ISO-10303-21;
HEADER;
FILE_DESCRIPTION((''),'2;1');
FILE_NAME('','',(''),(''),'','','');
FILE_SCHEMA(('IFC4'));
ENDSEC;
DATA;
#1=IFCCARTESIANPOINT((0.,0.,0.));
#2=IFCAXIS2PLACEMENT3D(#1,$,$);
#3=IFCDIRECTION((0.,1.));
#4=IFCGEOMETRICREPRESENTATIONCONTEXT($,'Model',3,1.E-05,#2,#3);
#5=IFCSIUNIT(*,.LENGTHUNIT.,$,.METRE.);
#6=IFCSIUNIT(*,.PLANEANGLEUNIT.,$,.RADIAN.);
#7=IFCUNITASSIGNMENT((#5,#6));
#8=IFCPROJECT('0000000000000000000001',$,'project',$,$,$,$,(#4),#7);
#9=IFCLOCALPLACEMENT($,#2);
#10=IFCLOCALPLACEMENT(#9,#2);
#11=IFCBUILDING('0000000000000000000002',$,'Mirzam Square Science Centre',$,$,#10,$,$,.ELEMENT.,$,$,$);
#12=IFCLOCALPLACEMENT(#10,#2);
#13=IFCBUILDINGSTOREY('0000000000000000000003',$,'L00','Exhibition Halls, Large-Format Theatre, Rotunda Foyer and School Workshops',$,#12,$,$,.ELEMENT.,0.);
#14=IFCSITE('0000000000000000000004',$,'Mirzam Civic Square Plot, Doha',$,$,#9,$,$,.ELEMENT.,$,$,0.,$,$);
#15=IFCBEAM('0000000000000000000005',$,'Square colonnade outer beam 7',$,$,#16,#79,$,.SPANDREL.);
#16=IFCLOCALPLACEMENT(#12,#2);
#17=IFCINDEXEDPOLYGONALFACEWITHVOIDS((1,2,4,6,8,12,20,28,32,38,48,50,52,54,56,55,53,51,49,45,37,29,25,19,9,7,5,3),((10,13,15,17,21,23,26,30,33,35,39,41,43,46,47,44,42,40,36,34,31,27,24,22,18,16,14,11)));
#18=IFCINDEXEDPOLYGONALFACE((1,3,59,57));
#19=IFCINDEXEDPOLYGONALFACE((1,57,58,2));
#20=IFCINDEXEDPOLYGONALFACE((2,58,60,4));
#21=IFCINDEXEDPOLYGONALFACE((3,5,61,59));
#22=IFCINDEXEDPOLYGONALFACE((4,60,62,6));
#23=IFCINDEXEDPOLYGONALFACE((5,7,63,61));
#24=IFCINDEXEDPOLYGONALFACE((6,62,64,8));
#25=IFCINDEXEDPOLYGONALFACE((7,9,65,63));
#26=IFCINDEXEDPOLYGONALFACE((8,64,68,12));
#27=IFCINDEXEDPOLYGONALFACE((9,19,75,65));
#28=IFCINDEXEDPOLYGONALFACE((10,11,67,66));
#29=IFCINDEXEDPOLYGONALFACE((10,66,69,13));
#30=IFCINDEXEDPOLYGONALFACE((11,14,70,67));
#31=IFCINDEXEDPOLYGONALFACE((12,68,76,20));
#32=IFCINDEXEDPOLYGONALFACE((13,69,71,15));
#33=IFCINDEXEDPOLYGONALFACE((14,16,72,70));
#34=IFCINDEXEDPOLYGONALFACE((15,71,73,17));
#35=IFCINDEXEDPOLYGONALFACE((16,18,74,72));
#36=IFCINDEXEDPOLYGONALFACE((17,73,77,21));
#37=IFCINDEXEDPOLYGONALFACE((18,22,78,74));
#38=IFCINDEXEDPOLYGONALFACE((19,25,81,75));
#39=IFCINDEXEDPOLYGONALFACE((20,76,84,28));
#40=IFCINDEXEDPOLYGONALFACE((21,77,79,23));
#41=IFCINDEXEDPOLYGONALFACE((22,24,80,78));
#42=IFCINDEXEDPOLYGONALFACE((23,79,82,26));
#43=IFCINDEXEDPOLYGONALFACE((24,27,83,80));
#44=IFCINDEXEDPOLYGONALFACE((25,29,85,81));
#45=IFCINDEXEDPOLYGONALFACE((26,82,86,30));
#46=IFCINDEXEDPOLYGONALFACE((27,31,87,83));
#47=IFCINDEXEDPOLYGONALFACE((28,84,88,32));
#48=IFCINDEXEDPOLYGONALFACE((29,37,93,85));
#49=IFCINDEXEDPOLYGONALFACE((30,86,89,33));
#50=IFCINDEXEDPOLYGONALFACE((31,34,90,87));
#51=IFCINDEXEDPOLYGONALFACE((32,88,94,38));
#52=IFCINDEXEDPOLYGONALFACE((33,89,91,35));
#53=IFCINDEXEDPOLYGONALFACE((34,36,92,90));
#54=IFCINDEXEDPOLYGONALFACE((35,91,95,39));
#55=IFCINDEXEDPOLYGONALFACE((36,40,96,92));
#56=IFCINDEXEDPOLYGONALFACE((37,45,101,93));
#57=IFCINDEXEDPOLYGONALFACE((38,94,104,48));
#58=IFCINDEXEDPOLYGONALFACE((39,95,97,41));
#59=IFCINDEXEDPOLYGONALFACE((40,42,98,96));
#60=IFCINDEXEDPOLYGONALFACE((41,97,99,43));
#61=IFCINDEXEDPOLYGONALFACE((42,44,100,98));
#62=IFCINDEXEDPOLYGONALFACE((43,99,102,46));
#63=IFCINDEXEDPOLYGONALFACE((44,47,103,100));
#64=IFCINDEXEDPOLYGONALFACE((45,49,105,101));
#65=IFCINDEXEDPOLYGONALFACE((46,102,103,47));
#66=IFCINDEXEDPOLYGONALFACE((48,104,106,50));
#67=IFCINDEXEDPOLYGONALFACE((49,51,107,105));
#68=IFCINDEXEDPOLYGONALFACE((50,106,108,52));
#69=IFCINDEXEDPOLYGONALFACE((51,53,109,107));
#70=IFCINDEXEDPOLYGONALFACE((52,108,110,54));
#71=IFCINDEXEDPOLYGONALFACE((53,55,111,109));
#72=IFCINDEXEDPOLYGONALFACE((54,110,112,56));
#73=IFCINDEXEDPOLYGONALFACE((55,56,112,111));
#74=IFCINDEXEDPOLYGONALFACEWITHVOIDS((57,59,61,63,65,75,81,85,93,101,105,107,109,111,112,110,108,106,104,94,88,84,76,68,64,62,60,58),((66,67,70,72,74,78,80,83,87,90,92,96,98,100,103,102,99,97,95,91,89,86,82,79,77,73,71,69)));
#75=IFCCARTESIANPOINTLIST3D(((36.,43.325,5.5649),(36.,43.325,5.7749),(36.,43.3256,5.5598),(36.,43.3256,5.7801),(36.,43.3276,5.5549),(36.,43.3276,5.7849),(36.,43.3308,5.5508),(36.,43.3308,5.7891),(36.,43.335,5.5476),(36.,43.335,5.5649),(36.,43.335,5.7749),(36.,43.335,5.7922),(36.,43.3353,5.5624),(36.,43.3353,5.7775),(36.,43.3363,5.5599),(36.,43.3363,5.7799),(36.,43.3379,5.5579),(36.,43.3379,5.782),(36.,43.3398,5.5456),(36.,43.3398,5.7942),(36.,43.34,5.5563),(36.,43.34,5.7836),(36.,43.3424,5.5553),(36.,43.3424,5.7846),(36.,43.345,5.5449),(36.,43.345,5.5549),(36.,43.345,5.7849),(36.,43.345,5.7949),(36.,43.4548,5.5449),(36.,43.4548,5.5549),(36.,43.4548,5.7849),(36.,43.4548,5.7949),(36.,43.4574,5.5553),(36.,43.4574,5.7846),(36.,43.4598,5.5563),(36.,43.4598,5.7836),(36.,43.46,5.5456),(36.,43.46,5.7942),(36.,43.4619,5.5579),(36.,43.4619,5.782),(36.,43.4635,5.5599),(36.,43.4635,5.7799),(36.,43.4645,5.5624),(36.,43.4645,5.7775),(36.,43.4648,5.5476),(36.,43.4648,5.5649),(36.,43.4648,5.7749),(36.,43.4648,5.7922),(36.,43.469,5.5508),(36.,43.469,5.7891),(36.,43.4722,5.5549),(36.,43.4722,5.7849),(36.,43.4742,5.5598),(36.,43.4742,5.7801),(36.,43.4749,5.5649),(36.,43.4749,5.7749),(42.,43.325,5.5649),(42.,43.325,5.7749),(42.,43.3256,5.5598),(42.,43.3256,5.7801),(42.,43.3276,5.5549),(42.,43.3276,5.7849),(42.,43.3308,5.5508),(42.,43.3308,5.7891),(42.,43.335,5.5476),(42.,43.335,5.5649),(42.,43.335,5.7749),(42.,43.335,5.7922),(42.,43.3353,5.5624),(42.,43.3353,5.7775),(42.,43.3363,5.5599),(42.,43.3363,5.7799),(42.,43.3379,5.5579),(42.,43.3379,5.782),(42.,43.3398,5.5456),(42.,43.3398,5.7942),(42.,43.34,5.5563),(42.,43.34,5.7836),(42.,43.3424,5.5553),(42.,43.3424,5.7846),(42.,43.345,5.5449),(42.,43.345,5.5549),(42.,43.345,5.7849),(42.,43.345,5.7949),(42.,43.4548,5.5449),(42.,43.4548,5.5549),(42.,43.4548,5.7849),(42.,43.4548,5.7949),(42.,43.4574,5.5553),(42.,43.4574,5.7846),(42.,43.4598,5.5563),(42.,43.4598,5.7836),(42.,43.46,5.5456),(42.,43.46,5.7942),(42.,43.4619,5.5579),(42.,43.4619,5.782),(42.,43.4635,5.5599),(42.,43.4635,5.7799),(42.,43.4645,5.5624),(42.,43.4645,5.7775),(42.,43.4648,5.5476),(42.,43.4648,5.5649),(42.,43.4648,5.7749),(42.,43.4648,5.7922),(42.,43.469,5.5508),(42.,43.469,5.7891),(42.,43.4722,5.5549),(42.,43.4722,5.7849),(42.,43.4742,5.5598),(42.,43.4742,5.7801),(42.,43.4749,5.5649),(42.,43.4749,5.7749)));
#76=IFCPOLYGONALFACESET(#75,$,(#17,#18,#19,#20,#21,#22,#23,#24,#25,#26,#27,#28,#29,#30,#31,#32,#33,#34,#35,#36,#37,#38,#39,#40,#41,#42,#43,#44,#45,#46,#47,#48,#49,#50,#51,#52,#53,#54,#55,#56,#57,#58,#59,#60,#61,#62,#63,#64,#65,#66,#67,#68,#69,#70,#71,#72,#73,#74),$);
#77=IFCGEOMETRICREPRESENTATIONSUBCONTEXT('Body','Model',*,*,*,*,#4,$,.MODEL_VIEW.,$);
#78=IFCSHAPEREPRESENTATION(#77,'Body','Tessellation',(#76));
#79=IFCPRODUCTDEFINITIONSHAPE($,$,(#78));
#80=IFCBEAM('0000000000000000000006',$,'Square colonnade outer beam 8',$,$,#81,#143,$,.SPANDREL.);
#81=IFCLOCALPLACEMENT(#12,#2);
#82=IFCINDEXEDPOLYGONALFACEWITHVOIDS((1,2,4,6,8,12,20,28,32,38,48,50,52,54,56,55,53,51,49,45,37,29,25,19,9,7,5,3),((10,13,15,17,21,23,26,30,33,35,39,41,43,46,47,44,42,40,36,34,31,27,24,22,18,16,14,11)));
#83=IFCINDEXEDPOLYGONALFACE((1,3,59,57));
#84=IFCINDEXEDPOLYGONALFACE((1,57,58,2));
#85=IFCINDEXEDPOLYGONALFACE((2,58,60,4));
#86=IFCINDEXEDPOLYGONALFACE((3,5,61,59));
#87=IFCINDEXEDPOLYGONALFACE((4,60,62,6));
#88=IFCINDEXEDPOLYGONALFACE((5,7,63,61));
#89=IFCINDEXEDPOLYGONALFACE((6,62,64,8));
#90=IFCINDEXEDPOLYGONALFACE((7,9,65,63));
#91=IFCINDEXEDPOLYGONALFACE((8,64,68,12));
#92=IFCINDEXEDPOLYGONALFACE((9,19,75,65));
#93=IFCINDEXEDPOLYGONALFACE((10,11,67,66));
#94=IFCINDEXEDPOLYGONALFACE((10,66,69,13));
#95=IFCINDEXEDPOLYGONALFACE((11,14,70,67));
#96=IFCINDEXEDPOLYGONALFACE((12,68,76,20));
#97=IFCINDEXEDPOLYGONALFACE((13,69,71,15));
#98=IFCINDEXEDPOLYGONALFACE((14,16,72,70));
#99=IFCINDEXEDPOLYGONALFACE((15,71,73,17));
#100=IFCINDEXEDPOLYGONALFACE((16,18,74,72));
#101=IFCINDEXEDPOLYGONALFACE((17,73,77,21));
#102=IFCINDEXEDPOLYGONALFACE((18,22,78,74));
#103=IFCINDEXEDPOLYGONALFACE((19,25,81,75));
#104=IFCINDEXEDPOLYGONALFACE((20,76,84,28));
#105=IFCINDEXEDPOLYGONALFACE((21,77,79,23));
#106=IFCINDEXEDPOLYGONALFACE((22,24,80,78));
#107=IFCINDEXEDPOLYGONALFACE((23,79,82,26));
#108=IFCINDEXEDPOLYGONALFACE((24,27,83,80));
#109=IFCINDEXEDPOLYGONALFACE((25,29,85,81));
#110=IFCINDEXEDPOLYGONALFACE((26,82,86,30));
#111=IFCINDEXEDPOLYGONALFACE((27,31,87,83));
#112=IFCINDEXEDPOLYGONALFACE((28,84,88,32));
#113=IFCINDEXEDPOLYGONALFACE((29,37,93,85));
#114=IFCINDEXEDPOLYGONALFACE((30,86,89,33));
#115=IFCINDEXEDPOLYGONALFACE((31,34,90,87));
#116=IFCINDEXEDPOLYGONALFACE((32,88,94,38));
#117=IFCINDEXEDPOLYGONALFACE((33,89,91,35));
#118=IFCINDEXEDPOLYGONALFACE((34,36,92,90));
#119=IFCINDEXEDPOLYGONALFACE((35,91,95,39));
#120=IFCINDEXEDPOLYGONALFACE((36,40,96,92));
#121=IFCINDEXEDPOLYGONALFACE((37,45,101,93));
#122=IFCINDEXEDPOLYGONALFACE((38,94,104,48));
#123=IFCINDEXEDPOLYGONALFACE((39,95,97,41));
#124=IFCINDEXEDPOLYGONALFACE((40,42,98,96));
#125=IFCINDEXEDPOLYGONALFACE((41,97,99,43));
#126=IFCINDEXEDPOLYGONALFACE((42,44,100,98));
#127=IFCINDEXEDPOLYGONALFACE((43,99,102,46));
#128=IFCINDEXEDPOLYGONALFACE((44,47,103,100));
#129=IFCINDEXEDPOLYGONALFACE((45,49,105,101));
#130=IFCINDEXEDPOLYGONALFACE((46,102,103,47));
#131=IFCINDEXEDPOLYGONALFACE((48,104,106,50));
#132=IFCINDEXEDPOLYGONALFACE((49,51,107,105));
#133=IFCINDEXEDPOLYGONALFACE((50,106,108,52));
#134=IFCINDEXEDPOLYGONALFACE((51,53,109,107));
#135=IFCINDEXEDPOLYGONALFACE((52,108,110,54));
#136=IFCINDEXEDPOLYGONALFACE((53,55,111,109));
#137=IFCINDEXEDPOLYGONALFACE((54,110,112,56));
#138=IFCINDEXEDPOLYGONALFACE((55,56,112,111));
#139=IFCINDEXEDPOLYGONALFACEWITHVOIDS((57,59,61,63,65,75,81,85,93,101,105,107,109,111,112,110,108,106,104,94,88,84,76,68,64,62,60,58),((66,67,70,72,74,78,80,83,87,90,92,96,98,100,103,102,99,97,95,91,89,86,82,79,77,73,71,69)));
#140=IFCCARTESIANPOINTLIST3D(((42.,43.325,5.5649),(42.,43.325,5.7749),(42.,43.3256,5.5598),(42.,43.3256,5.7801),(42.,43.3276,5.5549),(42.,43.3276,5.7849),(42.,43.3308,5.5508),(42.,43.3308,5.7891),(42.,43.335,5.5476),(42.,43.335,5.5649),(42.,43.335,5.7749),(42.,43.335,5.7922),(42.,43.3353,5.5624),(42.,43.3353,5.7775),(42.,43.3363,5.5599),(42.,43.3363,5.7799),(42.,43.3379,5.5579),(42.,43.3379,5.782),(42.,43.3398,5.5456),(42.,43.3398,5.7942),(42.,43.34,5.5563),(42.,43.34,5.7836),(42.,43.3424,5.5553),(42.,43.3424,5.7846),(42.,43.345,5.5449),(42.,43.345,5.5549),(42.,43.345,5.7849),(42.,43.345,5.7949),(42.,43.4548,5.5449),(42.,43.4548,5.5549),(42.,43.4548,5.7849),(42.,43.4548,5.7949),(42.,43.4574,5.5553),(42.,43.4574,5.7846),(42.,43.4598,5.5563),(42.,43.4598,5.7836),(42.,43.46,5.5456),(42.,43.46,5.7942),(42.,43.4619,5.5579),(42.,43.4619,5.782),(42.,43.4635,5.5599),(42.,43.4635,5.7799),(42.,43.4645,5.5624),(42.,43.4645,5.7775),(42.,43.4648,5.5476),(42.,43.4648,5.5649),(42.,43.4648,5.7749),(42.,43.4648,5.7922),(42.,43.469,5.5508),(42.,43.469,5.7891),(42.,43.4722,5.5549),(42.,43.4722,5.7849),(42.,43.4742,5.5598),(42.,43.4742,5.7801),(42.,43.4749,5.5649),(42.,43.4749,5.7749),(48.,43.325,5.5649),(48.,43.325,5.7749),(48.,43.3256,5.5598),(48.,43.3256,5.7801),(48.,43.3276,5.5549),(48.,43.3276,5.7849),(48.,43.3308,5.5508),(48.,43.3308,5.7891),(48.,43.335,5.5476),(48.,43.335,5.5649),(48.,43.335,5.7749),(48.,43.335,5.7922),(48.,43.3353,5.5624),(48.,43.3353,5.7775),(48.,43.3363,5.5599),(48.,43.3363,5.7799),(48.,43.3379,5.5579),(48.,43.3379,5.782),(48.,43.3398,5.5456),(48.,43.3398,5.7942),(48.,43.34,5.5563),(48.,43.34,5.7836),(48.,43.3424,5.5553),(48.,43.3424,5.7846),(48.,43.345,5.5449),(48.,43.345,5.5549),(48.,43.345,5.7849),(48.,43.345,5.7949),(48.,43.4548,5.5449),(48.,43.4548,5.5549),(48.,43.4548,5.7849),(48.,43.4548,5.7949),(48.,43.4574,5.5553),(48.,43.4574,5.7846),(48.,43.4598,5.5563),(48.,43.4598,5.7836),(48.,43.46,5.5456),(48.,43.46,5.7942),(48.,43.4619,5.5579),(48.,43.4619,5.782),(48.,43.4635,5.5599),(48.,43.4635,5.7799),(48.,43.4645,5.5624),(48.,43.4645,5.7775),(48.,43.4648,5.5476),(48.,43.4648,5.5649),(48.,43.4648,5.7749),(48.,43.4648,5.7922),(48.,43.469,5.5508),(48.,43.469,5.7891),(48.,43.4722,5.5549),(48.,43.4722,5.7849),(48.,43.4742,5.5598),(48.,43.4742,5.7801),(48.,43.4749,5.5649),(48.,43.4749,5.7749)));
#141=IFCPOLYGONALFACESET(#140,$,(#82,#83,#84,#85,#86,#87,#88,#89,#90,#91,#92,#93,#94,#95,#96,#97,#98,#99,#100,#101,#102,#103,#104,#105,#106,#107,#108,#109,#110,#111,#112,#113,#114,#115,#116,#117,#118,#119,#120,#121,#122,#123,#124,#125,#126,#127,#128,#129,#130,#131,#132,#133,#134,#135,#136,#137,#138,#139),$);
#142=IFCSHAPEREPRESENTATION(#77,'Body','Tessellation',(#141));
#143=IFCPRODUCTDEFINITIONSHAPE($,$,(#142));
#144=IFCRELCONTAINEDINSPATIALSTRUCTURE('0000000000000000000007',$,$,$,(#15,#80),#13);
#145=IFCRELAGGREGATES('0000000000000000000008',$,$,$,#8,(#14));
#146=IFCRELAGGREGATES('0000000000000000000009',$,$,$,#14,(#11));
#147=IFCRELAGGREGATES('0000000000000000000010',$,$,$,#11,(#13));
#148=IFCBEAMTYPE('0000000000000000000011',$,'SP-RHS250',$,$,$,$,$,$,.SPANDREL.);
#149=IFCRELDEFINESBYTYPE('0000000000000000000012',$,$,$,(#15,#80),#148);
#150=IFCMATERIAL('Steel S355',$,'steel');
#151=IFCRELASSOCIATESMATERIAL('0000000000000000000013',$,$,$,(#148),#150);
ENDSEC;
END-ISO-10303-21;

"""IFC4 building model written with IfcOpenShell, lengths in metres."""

from ifc_helpers import new_model, si_unit, direction, frame, origin, origin_2d, place, context, subcontext, project, spatial, hollow_rectangle, extrude, material, material_profile, profile_set, type_object, element, save


model = new_model("IFC4")

# Units and contexts
model_context = context("Model", 3, precision=1e-05, world=origin(), true_north=direction((0.0, 1.0)))
body_context = subcontext(model_context, "Body", "Model", "MODEL_VIEW")
ifc_project = project(units=[si_unit("LENGTHUNIT", "METRE"), si_unit("PLANEANGLEUNIT", "RADIAN")], contexts=[model_context])

# Site, building, storey
site_placement = place(None, origin())
site = spatial("IfcSite", under=ifc_project, at=site_placement, Name="Mirzam Civic Square Plot, Doha", CompositionType="ELEMENT", RefElevation=0.0)
building_placement = place(site_placement, origin())
building = spatial("IfcBuilding", under=site, at=building_placement, Name="Mirzam Square Science Centre", CompositionType="ELEMENT")
storey_placement = place(building_placement, origin())
storey = spatial("IfcBuildingStorey", under=building, at=storey_placement, Name="L00", Description="Exhibition Halls, Large-Format Theatre, Rotunda Foyer and School Workshops", CompositionType="ELEMENT", Elevation=0.0)

# Shared definitions
ifc_material_1 = material(Name="Steel S355", Category="steel")

# Beams
ifc_material_profile_1 = material_profile(ifc_material_1, hollow_rectangle(XDim=0.1499, YDim=0.25, WallThickness=0.01, InnerFilletRadius=0.01, OuterFilletRadius=0.02, at=origin_2d()), Name="250x150x10.0RHS")
ifc_profile_set_1 = profile_set([ifc_material_profile_1], Name="Steel S355")
beam_type_1 = type_object("IfcBeamType", Name="SP-RHS250", PredefinedType="SPANDREL", material=ifc_profile_set_1)
for number, where, z_axis, x_axis, name in (
    (1, (36.0, 43.3999, 5.6699), (1.0, 0.0, 0.0), (0.0, 1.0, 0.0), "Square colonnade outer beam 7"),
    (2, (42.0, 43.3999, 5.6699), (1.0, 0.0, 0.0), (0.0, 1.0, 0.0), "Square colonnade outer beam 8"),
):
    element("IfcBeam", number, at=place(storey_placement, frame(where, z_axis=z_axis, x_axis=x_axis)), inside=storey, type_object=beam_type_1, Name=name, PredefinedType="SPANDREL", context=body_context, shape_type="SweptSolid", body=[
        extrude(hollow_rectangle(XDim=0.1499, YDim=0.25, WallThickness=0.01, InnerFilletRadius=0.01, OuterFilletRadius=0.02, at=origin_2d()), origin(), (0.0, 0.0, 1.0), 6.0),
    ])

save(model, "model.ifc")
